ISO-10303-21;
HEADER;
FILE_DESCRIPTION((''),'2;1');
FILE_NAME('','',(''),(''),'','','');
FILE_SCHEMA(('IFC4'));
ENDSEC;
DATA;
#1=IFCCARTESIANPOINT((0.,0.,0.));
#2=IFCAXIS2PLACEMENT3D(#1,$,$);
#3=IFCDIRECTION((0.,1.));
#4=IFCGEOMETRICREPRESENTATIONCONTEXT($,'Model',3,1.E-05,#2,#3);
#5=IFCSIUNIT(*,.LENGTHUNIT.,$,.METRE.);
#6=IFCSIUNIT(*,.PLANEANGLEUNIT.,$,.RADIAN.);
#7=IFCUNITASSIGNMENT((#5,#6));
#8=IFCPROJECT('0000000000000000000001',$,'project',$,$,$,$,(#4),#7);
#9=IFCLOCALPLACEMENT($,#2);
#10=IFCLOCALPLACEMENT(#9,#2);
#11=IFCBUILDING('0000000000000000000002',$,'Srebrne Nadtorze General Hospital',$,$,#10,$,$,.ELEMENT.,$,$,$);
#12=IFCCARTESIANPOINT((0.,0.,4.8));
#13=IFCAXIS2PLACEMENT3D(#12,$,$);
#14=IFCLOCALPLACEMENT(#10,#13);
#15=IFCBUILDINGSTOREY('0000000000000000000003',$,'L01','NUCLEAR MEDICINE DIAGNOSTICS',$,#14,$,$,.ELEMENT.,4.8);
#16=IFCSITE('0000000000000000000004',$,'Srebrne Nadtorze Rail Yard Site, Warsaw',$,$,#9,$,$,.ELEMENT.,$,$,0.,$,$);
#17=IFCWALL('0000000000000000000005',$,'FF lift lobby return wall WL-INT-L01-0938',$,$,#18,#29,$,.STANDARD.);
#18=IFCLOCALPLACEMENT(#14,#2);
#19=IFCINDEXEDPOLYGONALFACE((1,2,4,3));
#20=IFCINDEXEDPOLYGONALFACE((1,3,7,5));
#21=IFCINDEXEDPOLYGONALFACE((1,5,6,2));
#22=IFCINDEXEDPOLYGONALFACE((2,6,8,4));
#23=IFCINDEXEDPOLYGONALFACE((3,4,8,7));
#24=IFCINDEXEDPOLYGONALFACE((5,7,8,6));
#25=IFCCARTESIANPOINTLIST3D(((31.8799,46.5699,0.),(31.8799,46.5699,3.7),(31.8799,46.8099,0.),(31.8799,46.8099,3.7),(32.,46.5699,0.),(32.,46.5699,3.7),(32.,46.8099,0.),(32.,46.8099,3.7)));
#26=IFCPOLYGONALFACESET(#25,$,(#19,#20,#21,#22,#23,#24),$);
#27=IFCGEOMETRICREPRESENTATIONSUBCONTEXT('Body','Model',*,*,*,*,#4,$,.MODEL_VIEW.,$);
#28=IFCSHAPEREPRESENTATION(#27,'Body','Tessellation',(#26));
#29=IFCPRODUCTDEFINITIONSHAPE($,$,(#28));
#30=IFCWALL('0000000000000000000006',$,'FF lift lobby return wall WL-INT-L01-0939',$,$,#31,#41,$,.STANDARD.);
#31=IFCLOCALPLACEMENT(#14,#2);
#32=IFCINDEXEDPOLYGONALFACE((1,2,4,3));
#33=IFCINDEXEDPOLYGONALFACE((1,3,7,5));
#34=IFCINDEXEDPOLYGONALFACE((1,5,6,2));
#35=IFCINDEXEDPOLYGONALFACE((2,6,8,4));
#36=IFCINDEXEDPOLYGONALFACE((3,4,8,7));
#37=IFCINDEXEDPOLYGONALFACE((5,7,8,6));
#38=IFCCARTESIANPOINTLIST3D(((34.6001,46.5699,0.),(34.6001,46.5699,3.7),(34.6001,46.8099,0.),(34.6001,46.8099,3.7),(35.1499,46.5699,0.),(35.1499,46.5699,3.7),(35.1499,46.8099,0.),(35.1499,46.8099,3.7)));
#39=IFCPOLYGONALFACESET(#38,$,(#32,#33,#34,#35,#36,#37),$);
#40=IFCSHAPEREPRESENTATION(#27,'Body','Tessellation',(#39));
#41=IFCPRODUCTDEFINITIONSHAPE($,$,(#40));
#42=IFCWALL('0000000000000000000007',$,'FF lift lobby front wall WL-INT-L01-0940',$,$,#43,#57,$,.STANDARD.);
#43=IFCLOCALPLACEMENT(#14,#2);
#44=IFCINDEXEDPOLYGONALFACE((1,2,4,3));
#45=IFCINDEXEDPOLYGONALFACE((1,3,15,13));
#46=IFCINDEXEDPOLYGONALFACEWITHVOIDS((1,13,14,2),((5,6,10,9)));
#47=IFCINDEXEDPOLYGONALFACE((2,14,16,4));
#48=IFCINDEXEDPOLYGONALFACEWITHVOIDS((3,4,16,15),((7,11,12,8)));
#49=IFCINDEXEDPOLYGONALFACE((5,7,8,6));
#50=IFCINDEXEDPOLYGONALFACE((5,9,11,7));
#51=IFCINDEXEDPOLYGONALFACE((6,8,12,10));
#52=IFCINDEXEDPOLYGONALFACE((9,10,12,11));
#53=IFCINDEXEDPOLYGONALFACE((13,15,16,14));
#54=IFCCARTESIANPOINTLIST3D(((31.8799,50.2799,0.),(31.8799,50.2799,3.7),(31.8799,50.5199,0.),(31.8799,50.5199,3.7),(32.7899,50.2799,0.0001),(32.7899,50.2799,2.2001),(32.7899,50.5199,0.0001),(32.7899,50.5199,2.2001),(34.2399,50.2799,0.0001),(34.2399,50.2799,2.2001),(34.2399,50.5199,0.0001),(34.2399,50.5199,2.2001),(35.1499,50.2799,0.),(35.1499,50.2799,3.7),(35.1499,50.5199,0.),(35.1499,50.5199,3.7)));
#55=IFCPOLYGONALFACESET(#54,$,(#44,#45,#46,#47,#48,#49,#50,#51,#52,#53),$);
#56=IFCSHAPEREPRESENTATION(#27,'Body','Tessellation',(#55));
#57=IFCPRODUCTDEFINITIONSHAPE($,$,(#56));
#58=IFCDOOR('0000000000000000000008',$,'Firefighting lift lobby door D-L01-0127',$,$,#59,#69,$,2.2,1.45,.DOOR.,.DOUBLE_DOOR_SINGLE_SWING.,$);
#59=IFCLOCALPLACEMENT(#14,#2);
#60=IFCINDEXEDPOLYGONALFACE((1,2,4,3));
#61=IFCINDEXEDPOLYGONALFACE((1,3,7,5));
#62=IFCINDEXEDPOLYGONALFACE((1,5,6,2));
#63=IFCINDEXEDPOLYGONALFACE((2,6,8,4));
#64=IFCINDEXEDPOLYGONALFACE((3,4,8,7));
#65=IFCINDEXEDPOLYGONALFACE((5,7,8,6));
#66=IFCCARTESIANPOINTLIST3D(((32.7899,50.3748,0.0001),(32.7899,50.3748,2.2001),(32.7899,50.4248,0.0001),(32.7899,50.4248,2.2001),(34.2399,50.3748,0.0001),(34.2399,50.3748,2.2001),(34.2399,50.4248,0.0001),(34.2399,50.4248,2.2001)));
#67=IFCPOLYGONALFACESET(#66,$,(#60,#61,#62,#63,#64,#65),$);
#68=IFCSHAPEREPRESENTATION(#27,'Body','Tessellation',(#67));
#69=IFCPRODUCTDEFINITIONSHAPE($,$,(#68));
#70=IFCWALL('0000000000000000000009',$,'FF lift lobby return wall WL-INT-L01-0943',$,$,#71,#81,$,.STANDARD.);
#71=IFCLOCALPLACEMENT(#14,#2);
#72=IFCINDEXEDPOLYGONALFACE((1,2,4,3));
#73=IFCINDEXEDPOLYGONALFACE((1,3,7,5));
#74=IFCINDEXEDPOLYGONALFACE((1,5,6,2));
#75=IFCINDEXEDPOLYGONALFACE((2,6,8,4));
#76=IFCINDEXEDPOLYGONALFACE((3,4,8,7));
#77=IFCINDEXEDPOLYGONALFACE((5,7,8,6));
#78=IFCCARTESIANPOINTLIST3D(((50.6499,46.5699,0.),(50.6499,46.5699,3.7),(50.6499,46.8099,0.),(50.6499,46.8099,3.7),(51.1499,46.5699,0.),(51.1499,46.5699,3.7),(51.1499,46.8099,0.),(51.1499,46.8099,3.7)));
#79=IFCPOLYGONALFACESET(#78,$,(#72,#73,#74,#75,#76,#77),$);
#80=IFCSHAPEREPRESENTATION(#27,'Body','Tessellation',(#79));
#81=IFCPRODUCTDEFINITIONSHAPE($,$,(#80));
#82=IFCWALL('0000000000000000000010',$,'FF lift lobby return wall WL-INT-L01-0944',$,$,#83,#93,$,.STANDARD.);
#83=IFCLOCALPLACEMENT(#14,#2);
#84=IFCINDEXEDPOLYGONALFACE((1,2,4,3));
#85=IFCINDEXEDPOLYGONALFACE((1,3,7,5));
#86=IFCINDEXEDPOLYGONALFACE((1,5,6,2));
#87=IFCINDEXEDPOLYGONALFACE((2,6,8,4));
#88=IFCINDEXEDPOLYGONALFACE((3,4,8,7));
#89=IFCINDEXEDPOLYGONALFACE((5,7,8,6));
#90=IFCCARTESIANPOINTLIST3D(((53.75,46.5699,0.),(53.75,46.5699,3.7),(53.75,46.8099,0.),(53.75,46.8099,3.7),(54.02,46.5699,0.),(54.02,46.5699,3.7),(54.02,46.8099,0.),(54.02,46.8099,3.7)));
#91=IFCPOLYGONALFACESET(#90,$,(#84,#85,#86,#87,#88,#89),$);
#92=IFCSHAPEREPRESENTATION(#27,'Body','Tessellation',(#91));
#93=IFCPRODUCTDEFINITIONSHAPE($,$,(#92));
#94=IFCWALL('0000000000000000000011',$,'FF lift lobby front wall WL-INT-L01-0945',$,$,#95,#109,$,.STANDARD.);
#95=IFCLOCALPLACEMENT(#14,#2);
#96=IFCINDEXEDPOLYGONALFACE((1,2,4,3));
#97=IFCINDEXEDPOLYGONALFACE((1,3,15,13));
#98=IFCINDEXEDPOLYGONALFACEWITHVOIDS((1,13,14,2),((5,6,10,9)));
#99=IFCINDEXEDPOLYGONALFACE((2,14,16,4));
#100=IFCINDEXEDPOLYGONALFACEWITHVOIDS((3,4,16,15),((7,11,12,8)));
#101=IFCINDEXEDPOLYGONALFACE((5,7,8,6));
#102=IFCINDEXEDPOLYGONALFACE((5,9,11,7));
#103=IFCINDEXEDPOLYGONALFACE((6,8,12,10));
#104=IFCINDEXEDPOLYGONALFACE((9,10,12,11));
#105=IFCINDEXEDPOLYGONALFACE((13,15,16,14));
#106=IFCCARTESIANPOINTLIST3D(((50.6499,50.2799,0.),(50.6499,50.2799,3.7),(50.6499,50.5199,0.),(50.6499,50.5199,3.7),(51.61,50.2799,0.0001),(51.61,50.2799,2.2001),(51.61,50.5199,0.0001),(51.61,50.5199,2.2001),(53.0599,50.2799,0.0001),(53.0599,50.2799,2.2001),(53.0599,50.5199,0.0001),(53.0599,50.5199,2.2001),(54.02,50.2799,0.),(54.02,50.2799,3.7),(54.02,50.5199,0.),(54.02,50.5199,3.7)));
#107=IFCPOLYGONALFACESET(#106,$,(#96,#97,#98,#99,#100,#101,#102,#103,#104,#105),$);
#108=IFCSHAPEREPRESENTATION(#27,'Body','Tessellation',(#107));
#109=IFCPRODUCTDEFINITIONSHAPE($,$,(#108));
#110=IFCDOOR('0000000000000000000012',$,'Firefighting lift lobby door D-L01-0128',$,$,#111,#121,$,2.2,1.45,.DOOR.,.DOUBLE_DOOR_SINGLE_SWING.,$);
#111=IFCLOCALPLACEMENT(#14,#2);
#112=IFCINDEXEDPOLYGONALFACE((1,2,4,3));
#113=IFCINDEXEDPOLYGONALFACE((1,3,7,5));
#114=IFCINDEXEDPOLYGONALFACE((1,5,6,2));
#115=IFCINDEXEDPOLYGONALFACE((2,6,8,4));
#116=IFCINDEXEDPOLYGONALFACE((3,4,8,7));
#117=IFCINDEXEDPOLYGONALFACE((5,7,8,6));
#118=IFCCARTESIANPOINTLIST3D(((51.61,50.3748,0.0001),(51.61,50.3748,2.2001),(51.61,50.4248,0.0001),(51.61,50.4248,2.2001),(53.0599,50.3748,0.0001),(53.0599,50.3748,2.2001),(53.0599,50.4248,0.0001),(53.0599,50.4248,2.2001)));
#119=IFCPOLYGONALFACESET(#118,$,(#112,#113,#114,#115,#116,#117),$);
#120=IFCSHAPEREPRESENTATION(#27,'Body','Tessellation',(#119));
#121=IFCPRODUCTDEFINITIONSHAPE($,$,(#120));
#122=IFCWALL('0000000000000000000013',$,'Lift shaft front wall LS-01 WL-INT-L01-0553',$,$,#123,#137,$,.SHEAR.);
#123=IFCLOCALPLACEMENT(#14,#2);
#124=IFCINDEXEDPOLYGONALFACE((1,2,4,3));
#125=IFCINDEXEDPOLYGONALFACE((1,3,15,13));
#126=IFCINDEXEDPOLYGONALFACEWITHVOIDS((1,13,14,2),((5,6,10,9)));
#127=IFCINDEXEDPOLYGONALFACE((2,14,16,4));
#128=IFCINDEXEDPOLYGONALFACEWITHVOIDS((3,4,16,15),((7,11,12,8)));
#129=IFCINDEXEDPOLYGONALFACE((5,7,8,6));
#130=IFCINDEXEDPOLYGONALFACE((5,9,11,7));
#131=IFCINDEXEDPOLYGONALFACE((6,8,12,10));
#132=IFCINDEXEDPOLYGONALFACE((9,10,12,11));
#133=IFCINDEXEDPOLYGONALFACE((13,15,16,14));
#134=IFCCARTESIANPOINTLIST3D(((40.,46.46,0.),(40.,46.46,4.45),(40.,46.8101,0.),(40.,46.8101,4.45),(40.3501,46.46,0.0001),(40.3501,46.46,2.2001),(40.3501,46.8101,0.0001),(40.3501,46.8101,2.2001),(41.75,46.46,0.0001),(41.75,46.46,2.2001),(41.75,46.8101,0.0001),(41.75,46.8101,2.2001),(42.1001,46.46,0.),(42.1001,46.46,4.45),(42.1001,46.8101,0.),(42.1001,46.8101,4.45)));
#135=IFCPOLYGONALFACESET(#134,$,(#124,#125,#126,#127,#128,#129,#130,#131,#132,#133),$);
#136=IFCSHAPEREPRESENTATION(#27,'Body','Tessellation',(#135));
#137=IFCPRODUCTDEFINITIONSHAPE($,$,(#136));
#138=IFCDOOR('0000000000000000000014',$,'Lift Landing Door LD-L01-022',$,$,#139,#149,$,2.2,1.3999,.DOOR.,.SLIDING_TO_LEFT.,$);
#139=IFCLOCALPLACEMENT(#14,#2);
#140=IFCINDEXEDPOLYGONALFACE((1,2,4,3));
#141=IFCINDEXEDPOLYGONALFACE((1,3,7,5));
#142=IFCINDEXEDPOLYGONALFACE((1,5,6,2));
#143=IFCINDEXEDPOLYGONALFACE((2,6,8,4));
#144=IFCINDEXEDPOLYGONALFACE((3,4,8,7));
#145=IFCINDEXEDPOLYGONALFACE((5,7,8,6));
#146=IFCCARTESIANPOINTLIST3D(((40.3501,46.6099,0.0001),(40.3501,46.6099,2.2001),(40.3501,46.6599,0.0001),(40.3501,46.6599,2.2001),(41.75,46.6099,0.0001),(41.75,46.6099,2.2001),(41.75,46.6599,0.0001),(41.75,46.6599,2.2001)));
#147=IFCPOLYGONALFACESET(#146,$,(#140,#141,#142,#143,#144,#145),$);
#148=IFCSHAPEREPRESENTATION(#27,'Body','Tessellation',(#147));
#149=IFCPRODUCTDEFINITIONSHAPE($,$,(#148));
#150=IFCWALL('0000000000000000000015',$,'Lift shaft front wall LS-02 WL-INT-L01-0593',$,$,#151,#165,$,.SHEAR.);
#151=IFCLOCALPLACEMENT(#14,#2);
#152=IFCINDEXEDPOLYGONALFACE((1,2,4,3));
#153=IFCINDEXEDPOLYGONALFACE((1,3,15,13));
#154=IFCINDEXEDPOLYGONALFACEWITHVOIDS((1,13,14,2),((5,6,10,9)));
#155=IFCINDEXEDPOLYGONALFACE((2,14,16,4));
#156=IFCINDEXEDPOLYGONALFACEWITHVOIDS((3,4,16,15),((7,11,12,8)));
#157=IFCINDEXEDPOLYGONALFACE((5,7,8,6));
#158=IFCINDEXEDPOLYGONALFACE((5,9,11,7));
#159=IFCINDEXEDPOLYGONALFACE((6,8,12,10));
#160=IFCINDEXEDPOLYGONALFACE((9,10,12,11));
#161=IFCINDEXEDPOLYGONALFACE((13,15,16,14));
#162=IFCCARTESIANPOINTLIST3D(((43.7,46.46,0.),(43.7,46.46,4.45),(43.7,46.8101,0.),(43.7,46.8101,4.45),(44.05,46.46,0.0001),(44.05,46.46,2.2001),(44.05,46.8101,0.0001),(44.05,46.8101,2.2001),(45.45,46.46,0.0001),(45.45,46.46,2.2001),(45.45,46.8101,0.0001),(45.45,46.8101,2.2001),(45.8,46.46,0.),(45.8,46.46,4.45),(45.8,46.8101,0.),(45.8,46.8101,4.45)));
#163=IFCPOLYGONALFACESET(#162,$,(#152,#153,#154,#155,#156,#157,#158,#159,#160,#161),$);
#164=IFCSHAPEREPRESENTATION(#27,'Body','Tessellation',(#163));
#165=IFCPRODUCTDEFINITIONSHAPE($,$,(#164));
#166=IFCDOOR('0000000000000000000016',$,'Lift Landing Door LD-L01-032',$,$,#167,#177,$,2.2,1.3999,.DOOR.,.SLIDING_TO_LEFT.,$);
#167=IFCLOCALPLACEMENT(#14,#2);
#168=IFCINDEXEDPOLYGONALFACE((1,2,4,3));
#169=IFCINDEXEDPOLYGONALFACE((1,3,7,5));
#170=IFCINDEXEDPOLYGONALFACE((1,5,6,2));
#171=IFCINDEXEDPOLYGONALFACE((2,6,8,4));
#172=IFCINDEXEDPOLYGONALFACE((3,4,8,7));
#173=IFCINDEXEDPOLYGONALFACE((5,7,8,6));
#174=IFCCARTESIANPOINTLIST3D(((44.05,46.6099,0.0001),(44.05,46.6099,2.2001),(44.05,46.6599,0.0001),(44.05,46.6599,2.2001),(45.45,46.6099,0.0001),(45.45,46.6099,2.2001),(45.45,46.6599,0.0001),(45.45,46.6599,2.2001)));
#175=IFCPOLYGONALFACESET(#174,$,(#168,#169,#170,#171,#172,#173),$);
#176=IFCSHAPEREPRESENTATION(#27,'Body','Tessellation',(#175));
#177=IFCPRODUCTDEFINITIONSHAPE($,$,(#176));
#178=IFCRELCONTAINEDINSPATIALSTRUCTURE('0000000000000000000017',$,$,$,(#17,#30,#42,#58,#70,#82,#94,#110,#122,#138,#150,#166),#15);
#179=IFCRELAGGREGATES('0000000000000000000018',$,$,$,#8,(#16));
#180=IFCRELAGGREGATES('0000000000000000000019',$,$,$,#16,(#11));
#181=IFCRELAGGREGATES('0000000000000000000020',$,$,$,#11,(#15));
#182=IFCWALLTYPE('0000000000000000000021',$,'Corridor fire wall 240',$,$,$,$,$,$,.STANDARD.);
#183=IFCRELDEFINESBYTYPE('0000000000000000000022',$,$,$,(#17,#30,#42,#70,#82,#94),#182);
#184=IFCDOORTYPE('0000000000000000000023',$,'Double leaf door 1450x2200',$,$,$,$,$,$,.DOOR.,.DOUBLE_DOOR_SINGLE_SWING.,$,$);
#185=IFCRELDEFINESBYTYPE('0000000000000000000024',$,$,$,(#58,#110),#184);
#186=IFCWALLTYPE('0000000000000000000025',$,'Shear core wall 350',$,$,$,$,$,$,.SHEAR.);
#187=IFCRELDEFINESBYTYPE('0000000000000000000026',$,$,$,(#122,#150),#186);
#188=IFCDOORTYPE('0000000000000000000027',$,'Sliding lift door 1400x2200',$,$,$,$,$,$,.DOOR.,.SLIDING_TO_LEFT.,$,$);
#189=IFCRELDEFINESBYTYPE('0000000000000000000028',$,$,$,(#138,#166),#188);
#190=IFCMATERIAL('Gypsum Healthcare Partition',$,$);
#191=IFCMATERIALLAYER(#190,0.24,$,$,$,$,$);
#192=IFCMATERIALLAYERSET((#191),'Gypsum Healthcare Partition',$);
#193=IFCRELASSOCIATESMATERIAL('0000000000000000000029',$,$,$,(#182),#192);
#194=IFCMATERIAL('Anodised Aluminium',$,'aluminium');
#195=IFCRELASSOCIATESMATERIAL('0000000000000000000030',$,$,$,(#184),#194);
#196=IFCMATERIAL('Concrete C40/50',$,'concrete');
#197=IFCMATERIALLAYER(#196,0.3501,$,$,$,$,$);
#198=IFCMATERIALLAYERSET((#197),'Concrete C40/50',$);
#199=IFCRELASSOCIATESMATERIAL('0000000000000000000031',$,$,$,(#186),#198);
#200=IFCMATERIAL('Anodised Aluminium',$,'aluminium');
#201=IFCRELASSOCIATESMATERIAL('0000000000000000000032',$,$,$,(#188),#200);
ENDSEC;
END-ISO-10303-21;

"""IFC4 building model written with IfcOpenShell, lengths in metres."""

from ifc_helpers import new_model, si_unit, direction, frame, frame_2d, origin, place, context, subcontext, project, spatial, rectangle, extrude, material, layer, layer_set, type_object, element, fill, save


model = new_model("IFC4")

# Units and contexts
model_context = context("Model", 3, precision=1e-05, world=origin(), true_north=direction((0.0, 1.0)))
body_context = subcontext(model_context, "Body", "Model", "MODEL_VIEW")
ifc_project = project(units=[si_unit("LENGTHUNIT", "METRE"), si_unit("PLANEANGLEUNIT", "RADIAN")], contexts=[model_context])

# Site, building, storey
site_placement = place(None, origin())
site = spatial("IfcSite", under=ifc_project, at=site_placement, Name="Srebrne Nadtorze Rail Yard Site, Warsaw", CompositionType="ELEMENT", RefElevation=0.0)
building_placement = place(site_placement, origin())
building = spatial("IfcBuilding", under=site, at=building_placement, Name="Srebrne Nadtorze General Hospital", CompositionType="ELEMENT")
storey_placement = place(building_placement, frame((0.0, 0.0, 4.8)))
storey = spatial("IfcBuildingStorey", under=building, at=storey_placement, Name="L01", Description="NUCLEAR MEDICINE DIAGNOSTICS", CompositionType="ELEMENT", Elevation=4.8)

# Walls
ifc_material_1 = material(Name="Gypsum Healthcare Partition")
ifc_layer_1 = layer(ifc_material_1, 0.24)
ifc_layer_set_1 = layer_set([ifc_layer_1], Name="Gypsum Healthcare Partition")
wall_type_1 = type_object("IfcWallType", Name="Corridor fire wall 240", PredefinedType="STANDARD", material=ifc_layer_set_1)
wall_1_placement = place(storey_placement, frame((31.8799, 46.6899, 0.0), z_axis=(0.0, 0.0, 1.0), x_axis=(1.0, 0.0, 0.0)))
element("IfcWall", 1, at=wall_1_placement, inside=storey, type_object=wall_type_1, Name="FF lift lobby return wall WL-INT-L01-0938", PredefinedType="STANDARD", context=body_context, shape_type="SweptSolid", body=[
    extrude(rectangle(XDim=0.1201, YDim=0.24, at=frame_2d((0.0601, 0.0))), origin(), (0.0, 0.0, 1.0), 3.7),
])
wall_2_placement = place(storey_placement, frame((34.6001, 46.6899, 0.0), z_axis=(0.0, 0.0, 1.0), x_axis=(1.0, 0.0, 0.0)))
element("IfcWall", 2, at=wall_2_placement, inside=storey, type_object=wall_type_1, Name="FF lift lobby return wall WL-INT-L01-0939", PredefinedType="STANDARD", context=body_context, shape_type="SweptSolid", body=[
    extrude(rectangle(XDim=0.5498, YDim=0.24, at=frame_2d((0.2749, 0.0))), origin(), (0.0, 0.0, 1.0), 3.7),
])

# Wall, opening, door
wall_3_placement = place(storey_placement, frame((31.8799, 50.3999, 0.0), z_axis=(0.0, 0.0, 1.0), x_axis=(1.0, 0.0, 0.0)))
wall_3 = element("IfcWall", 3, at=wall_3_placement, inside=storey, type_object=wall_type_1, Name="FF lift lobby front wall WL-INT-L01-0940", PredefinedType="STANDARD", context=body_context, shape_type="SweptSolid", body=[
    extrude(rectangle(XDim=3.27, YDim=0.24, at=frame_2d((1.635, 0.0))), origin(), (0.0, 0.0, 1.0), 3.7),
])
opening_1_placement = place(wall_3_placement, frame((0.9099, 0.0, 0.0)))
opening_1 = element("IfcOpeningElement", 4, at=opening_1_placement, cuts=wall_3, PredefinedType="OPENING", context=body_context, shape_type="SweptSolid", body=[
    extrude(rectangle(XDim=1.45, YDim=2.2, at=frame_2d((0.7251, 1.1001))), frame((0.0, 0.1318, 0.0), z_axis=(0.0, -1.0, 0.0), x_axis=(1.0, 0.0, 0.0)), (0.0, 0.0, 1.0), 0.2639),
])
ifc_material_2 = material(Name="Anodised Aluminium", Category="aluminium")
door_type_1 = type_object("IfcDoorType", Name="Double leaf door 1450x2200", OperationType="DOUBLE_DOOR_SINGLE_SWING", PredefinedType="DOOR", material=ifc_material_2)
door_1_placement = place(opening_1_placement, origin())
door_1 = element("IfcDoor", 5, at=door_1_placement, inside=storey, type_object=door_type_1, Name="Firefighting lift lobby door D-L01-0127", OperationType="DOUBLE_DOOR_SINGLE_SWING", OverallHeight=2.2, OverallWidth=1.45, PredefinedType="DOOR", context=body_context, shape_type="SweptSolid", body=[
    extrude(rectangle(XDim=1.45, YDim=2.2, at=frame_2d((0.7251, 1.1001))), frame((0.0, 0.0249, 0.0), z_axis=(0.0, -1.0, 0.0), x_axis=(1.0, 0.0, 0.0)), (0.0, 0.0, 1.0), 0.05),
])
fill(opening_1, door_1)

# Walls
wall_4_placement = place(storey_placement, frame((50.6499, 46.6899, 0.0), z_axis=(0.0, 0.0, 1.0), x_axis=(1.0, 0.0, 0.0)))
element("IfcWall", 6, at=wall_4_placement, inside=storey, type_object=wall_type_1, Name="FF lift lobby return wall WL-INT-L01-0943", PredefinedType="STANDARD", context=body_context, shape_type="SweptSolid", body=[
    extrude(rectangle(XDim=0.5, YDim=0.24, at=frame_2d((0.25, 0.0))), origin(), (0.0, 0.0, 1.0), 3.7),
])
wall_5_placement = place(storey_placement, frame((53.75, 46.6899, 0.0), z_axis=(0.0, 0.0, 1.0), x_axis=(1.0, 0.0, 0.0)))
element("IfcWall", 7, at=wall_5_placement, inside=storey, type_object=wall_type_1, Name="FF lift lobby return wall WL-INT-L01-0944", PredefinedType="STANDARD", context=body_context, shape_type="SweptSolid", body=[
    extrude(rectangle(XDim=0.27, YDim=0.24, at=frame_2d((0.135, 0.0))), origin(), (0.0, 0.0, 1.0), 3.7),
])

# Walls, openings, doors
wall_6_placement = place(storey_placement, frame((50.6499, 50.3999, 0.0), z_axis=(0.0, 0.0, 1.0), x_axis=(1.0, 0.0, 0.0)))
wall_6 = element("IfcWall", 8, at=wall_6_placement, inside=storey, type_object=wall_type_1, Name="FF lift lobby front wall WL-INT-L01-0945", PredefinedType="STANDARD", context=body_context, shape_type="SweptSolid", body=[
    extrude(rectangle(XDim=3.3701, YDim=0.24, at=frame_2d((1.6851, 0.0))), origin(), (0.0, 0.0, 1.0), 3.7),
])
opening_2_placement = place(wall_6_placement, frame((0.96, 0.0, 0.0)))
opening_2 = element("IfcOpeningElement", 9, at=opening_2_placement, cuts=wall_6, PredefinedType="OPENING", context=body_context, shape_type="SweptSolid", body=[
    extrude(rectangle(XDim=1.45, YDim=2.2, at=frame_2d((0.7251, 1.1001))), frame((0.0, 0.1318, 0.0), z_axis=(0.0, -1.0, 0.0), x_axis=(1.0, 0.0, 0.0)), (0.0, 0.0, 1.0), 0.2639),
])
door_2_placement = place(opening_2_placement, origin())
door_2 = element("IfcDoor", 10, at=door_2_placement, inside=storey, type_object=door_type_1, Name="Firefighting lift lobby door D-L01-0128", OperationType="DOUBLE_DOOR_SINGLE_SWING", OverallHeight=2.2, OverallWidth=1.45, PredefinedType="DOOR", context=body_context, shape_type="SweptSolid", body=[
    extrude(rectangle(XDim=1.45, YDim=2.2, at=frame_2d((0.7251, 1.1001))), frame((0.0, 0.0249, 0.0), z_axis=(0.0, -1.0, 0.0), x_axis=(1.0, 0.0, 0.0)), (0.0, 0.0, 1.0), 0.05),
])
fill(opening_2, door_2)
ifc_material_3 = material(Name="Concrete C40/50", Category="concrete")
ifc_layer_2 = layer(ifc_material_3, 0.3501)
ifc_layer_set_2 = layer_set([ifc_layer_2], Name="Concrete C40/50")
wall_type_2 = type_object("IfcWallType", Name="Shear core wall 350", PredefinedType="SHEAR", material=ifc_layer_set_2)
wall_7_placement = place(storey_placement, frame((40.0, 46.635, 0.0), z_axis=(0.0, 0.0, 1.0), x_axis=(1.0, 0.0, 0.0)))
wall_7 = element("IfcWall", 11, at=wall_7_placement, inside=storey, type_object=wall_type_2, Name="Lift shaft front wall LS-01 WL-INT-L01-0553", PredefinedType="SHEAR", context=body_context, shape_type="SweptSolid", body=[
    extrude(rectangle(XDim=2.1001, YDim=0.3501, at=frame_2d((1.05, 0.0))), origin(), (0.0, 0.0, 1.0), 4.45),
])
opening_3_placement = place(wall_7_placement, frame((0.3501, 0.0, 0.0)))
opening_3 = element("IfcOpeningElement", 12, at=opening_3_placement, cuts=wall_7, PredefinedType="OPENING", context=body_context, shape_type="SweptSolid", body=[
    extrude(rectangle(XDim=1.3999, YDim=2.2, at=frame_2d((0.7, 1.1001))), frame((0.0, 0.187, 0.0), z_axis=(0.0, -1.0, 0.0), x_axis=(1.0, 0.0, 0.0)), (0.0, 0.0, 1.0), 0.374),
])
ifc_material_4 = material(Name="Anodised Aluminium", Category="aluminium")
door_type_2 = type_object("IfcDoorType", Name="Sliding lift door 1400x2200", OperationType="SLIDING_TO_LEFT", PredefinedType="DOOR", material=ifc_material_4)
door_3_placement = place(opening_3_placement, origin())
door_3 = element("IfcDoor", 13, at=door_3_placement, inside=storey, type_object=door_type_2, Name="Lift Landing Door LD-L01-022", OperationType="SLIDING_TO_LEFT", OverallHeight=2.2, OverallWidth=1.3999, PredefinedType="DOOR", context=body_context, shape_type="SweptSolid", body=[
    extrude(rectangle(XDim=1.3999, YDim=2.2, at=frame_2d((0.7, 1.1001))), frame((0.0, 0.0249, 0.0), z_axis=(0.0, -1.0, 0.0), x_axis=(1.0, 0.0, 0.0)), (0.0, 0.0, 1.0), 0.05),
])
fill(opening_3, door_3)
wall_8_placement = place(storey_placement, frame((43.7, 46.635, 0.0), z_axis=(0.0, 0.0, 1.0), x_axis=(1.0, 0.0, 0.0)))
wall_8 = element("IfcWall", 14, at=wall_8_placement, inside=storey, type_object=wall_type_2, Name="Lift shaft front wall LS-02 WL-INT-L01-0593", PredefinedType="SHEAR", context=body_context, shape_type="SweptSolid", body=[
    extrude(rectangle(XDim=2.1001, YDim=0.3501, at=frame_2d((1.05, 0.0))), origin(), (0.0, 0.0, 1.0), 4.45),
])
opening_4_placement = place(wall_8_placement, frame((0.3501, 0.0, 0.0)))
opening_4 = element("IfcOpeningElement", 15, at=opening_4_placement, cuts=wall_8, PredefinedType="OPENING", context=body_context, shape_type="SweptSolid", body=[
    extrude(rectangle(XDim=1.3999, YDim=2.2, at=frame_2d((0.7, 1.1001))), frame((0.0, 0.187, 0.0), z_axis=(0.0, -1.0, 0.0), x_axis=(1.0, 0.0, 0.0)), (0.0, 0.0, 1.0), 0.374),
])
door_4_placement = place(opening_4_placement, origin())
door_4 = element("IfcDoor", 16, at=door_4_placement, inside=storey, type_object=door_type_2, Name="Lift Landing Door LD-L01-032", OperationType="SLIDING_TO_LEFT", OverallHeight=2.2, OverallWidth=1.3999, PredefinedType="DOOR", context=body_context, shape_type="SweptSolid", body=[
    extrude(rectangle(XDim=1.3999, YDim=2.2, at=frame_2d((0.7, 1.1001))), frame((0.0, 0.0249, 0.0), z_axis=(0.0, -1.0, 0.0), x_axis=(1.0, 0.0, 0.0)), (0.0, 0.0, 1.0), 0.05),
])
fill(opening_4, door_4)

save(model, "model.ifc")
